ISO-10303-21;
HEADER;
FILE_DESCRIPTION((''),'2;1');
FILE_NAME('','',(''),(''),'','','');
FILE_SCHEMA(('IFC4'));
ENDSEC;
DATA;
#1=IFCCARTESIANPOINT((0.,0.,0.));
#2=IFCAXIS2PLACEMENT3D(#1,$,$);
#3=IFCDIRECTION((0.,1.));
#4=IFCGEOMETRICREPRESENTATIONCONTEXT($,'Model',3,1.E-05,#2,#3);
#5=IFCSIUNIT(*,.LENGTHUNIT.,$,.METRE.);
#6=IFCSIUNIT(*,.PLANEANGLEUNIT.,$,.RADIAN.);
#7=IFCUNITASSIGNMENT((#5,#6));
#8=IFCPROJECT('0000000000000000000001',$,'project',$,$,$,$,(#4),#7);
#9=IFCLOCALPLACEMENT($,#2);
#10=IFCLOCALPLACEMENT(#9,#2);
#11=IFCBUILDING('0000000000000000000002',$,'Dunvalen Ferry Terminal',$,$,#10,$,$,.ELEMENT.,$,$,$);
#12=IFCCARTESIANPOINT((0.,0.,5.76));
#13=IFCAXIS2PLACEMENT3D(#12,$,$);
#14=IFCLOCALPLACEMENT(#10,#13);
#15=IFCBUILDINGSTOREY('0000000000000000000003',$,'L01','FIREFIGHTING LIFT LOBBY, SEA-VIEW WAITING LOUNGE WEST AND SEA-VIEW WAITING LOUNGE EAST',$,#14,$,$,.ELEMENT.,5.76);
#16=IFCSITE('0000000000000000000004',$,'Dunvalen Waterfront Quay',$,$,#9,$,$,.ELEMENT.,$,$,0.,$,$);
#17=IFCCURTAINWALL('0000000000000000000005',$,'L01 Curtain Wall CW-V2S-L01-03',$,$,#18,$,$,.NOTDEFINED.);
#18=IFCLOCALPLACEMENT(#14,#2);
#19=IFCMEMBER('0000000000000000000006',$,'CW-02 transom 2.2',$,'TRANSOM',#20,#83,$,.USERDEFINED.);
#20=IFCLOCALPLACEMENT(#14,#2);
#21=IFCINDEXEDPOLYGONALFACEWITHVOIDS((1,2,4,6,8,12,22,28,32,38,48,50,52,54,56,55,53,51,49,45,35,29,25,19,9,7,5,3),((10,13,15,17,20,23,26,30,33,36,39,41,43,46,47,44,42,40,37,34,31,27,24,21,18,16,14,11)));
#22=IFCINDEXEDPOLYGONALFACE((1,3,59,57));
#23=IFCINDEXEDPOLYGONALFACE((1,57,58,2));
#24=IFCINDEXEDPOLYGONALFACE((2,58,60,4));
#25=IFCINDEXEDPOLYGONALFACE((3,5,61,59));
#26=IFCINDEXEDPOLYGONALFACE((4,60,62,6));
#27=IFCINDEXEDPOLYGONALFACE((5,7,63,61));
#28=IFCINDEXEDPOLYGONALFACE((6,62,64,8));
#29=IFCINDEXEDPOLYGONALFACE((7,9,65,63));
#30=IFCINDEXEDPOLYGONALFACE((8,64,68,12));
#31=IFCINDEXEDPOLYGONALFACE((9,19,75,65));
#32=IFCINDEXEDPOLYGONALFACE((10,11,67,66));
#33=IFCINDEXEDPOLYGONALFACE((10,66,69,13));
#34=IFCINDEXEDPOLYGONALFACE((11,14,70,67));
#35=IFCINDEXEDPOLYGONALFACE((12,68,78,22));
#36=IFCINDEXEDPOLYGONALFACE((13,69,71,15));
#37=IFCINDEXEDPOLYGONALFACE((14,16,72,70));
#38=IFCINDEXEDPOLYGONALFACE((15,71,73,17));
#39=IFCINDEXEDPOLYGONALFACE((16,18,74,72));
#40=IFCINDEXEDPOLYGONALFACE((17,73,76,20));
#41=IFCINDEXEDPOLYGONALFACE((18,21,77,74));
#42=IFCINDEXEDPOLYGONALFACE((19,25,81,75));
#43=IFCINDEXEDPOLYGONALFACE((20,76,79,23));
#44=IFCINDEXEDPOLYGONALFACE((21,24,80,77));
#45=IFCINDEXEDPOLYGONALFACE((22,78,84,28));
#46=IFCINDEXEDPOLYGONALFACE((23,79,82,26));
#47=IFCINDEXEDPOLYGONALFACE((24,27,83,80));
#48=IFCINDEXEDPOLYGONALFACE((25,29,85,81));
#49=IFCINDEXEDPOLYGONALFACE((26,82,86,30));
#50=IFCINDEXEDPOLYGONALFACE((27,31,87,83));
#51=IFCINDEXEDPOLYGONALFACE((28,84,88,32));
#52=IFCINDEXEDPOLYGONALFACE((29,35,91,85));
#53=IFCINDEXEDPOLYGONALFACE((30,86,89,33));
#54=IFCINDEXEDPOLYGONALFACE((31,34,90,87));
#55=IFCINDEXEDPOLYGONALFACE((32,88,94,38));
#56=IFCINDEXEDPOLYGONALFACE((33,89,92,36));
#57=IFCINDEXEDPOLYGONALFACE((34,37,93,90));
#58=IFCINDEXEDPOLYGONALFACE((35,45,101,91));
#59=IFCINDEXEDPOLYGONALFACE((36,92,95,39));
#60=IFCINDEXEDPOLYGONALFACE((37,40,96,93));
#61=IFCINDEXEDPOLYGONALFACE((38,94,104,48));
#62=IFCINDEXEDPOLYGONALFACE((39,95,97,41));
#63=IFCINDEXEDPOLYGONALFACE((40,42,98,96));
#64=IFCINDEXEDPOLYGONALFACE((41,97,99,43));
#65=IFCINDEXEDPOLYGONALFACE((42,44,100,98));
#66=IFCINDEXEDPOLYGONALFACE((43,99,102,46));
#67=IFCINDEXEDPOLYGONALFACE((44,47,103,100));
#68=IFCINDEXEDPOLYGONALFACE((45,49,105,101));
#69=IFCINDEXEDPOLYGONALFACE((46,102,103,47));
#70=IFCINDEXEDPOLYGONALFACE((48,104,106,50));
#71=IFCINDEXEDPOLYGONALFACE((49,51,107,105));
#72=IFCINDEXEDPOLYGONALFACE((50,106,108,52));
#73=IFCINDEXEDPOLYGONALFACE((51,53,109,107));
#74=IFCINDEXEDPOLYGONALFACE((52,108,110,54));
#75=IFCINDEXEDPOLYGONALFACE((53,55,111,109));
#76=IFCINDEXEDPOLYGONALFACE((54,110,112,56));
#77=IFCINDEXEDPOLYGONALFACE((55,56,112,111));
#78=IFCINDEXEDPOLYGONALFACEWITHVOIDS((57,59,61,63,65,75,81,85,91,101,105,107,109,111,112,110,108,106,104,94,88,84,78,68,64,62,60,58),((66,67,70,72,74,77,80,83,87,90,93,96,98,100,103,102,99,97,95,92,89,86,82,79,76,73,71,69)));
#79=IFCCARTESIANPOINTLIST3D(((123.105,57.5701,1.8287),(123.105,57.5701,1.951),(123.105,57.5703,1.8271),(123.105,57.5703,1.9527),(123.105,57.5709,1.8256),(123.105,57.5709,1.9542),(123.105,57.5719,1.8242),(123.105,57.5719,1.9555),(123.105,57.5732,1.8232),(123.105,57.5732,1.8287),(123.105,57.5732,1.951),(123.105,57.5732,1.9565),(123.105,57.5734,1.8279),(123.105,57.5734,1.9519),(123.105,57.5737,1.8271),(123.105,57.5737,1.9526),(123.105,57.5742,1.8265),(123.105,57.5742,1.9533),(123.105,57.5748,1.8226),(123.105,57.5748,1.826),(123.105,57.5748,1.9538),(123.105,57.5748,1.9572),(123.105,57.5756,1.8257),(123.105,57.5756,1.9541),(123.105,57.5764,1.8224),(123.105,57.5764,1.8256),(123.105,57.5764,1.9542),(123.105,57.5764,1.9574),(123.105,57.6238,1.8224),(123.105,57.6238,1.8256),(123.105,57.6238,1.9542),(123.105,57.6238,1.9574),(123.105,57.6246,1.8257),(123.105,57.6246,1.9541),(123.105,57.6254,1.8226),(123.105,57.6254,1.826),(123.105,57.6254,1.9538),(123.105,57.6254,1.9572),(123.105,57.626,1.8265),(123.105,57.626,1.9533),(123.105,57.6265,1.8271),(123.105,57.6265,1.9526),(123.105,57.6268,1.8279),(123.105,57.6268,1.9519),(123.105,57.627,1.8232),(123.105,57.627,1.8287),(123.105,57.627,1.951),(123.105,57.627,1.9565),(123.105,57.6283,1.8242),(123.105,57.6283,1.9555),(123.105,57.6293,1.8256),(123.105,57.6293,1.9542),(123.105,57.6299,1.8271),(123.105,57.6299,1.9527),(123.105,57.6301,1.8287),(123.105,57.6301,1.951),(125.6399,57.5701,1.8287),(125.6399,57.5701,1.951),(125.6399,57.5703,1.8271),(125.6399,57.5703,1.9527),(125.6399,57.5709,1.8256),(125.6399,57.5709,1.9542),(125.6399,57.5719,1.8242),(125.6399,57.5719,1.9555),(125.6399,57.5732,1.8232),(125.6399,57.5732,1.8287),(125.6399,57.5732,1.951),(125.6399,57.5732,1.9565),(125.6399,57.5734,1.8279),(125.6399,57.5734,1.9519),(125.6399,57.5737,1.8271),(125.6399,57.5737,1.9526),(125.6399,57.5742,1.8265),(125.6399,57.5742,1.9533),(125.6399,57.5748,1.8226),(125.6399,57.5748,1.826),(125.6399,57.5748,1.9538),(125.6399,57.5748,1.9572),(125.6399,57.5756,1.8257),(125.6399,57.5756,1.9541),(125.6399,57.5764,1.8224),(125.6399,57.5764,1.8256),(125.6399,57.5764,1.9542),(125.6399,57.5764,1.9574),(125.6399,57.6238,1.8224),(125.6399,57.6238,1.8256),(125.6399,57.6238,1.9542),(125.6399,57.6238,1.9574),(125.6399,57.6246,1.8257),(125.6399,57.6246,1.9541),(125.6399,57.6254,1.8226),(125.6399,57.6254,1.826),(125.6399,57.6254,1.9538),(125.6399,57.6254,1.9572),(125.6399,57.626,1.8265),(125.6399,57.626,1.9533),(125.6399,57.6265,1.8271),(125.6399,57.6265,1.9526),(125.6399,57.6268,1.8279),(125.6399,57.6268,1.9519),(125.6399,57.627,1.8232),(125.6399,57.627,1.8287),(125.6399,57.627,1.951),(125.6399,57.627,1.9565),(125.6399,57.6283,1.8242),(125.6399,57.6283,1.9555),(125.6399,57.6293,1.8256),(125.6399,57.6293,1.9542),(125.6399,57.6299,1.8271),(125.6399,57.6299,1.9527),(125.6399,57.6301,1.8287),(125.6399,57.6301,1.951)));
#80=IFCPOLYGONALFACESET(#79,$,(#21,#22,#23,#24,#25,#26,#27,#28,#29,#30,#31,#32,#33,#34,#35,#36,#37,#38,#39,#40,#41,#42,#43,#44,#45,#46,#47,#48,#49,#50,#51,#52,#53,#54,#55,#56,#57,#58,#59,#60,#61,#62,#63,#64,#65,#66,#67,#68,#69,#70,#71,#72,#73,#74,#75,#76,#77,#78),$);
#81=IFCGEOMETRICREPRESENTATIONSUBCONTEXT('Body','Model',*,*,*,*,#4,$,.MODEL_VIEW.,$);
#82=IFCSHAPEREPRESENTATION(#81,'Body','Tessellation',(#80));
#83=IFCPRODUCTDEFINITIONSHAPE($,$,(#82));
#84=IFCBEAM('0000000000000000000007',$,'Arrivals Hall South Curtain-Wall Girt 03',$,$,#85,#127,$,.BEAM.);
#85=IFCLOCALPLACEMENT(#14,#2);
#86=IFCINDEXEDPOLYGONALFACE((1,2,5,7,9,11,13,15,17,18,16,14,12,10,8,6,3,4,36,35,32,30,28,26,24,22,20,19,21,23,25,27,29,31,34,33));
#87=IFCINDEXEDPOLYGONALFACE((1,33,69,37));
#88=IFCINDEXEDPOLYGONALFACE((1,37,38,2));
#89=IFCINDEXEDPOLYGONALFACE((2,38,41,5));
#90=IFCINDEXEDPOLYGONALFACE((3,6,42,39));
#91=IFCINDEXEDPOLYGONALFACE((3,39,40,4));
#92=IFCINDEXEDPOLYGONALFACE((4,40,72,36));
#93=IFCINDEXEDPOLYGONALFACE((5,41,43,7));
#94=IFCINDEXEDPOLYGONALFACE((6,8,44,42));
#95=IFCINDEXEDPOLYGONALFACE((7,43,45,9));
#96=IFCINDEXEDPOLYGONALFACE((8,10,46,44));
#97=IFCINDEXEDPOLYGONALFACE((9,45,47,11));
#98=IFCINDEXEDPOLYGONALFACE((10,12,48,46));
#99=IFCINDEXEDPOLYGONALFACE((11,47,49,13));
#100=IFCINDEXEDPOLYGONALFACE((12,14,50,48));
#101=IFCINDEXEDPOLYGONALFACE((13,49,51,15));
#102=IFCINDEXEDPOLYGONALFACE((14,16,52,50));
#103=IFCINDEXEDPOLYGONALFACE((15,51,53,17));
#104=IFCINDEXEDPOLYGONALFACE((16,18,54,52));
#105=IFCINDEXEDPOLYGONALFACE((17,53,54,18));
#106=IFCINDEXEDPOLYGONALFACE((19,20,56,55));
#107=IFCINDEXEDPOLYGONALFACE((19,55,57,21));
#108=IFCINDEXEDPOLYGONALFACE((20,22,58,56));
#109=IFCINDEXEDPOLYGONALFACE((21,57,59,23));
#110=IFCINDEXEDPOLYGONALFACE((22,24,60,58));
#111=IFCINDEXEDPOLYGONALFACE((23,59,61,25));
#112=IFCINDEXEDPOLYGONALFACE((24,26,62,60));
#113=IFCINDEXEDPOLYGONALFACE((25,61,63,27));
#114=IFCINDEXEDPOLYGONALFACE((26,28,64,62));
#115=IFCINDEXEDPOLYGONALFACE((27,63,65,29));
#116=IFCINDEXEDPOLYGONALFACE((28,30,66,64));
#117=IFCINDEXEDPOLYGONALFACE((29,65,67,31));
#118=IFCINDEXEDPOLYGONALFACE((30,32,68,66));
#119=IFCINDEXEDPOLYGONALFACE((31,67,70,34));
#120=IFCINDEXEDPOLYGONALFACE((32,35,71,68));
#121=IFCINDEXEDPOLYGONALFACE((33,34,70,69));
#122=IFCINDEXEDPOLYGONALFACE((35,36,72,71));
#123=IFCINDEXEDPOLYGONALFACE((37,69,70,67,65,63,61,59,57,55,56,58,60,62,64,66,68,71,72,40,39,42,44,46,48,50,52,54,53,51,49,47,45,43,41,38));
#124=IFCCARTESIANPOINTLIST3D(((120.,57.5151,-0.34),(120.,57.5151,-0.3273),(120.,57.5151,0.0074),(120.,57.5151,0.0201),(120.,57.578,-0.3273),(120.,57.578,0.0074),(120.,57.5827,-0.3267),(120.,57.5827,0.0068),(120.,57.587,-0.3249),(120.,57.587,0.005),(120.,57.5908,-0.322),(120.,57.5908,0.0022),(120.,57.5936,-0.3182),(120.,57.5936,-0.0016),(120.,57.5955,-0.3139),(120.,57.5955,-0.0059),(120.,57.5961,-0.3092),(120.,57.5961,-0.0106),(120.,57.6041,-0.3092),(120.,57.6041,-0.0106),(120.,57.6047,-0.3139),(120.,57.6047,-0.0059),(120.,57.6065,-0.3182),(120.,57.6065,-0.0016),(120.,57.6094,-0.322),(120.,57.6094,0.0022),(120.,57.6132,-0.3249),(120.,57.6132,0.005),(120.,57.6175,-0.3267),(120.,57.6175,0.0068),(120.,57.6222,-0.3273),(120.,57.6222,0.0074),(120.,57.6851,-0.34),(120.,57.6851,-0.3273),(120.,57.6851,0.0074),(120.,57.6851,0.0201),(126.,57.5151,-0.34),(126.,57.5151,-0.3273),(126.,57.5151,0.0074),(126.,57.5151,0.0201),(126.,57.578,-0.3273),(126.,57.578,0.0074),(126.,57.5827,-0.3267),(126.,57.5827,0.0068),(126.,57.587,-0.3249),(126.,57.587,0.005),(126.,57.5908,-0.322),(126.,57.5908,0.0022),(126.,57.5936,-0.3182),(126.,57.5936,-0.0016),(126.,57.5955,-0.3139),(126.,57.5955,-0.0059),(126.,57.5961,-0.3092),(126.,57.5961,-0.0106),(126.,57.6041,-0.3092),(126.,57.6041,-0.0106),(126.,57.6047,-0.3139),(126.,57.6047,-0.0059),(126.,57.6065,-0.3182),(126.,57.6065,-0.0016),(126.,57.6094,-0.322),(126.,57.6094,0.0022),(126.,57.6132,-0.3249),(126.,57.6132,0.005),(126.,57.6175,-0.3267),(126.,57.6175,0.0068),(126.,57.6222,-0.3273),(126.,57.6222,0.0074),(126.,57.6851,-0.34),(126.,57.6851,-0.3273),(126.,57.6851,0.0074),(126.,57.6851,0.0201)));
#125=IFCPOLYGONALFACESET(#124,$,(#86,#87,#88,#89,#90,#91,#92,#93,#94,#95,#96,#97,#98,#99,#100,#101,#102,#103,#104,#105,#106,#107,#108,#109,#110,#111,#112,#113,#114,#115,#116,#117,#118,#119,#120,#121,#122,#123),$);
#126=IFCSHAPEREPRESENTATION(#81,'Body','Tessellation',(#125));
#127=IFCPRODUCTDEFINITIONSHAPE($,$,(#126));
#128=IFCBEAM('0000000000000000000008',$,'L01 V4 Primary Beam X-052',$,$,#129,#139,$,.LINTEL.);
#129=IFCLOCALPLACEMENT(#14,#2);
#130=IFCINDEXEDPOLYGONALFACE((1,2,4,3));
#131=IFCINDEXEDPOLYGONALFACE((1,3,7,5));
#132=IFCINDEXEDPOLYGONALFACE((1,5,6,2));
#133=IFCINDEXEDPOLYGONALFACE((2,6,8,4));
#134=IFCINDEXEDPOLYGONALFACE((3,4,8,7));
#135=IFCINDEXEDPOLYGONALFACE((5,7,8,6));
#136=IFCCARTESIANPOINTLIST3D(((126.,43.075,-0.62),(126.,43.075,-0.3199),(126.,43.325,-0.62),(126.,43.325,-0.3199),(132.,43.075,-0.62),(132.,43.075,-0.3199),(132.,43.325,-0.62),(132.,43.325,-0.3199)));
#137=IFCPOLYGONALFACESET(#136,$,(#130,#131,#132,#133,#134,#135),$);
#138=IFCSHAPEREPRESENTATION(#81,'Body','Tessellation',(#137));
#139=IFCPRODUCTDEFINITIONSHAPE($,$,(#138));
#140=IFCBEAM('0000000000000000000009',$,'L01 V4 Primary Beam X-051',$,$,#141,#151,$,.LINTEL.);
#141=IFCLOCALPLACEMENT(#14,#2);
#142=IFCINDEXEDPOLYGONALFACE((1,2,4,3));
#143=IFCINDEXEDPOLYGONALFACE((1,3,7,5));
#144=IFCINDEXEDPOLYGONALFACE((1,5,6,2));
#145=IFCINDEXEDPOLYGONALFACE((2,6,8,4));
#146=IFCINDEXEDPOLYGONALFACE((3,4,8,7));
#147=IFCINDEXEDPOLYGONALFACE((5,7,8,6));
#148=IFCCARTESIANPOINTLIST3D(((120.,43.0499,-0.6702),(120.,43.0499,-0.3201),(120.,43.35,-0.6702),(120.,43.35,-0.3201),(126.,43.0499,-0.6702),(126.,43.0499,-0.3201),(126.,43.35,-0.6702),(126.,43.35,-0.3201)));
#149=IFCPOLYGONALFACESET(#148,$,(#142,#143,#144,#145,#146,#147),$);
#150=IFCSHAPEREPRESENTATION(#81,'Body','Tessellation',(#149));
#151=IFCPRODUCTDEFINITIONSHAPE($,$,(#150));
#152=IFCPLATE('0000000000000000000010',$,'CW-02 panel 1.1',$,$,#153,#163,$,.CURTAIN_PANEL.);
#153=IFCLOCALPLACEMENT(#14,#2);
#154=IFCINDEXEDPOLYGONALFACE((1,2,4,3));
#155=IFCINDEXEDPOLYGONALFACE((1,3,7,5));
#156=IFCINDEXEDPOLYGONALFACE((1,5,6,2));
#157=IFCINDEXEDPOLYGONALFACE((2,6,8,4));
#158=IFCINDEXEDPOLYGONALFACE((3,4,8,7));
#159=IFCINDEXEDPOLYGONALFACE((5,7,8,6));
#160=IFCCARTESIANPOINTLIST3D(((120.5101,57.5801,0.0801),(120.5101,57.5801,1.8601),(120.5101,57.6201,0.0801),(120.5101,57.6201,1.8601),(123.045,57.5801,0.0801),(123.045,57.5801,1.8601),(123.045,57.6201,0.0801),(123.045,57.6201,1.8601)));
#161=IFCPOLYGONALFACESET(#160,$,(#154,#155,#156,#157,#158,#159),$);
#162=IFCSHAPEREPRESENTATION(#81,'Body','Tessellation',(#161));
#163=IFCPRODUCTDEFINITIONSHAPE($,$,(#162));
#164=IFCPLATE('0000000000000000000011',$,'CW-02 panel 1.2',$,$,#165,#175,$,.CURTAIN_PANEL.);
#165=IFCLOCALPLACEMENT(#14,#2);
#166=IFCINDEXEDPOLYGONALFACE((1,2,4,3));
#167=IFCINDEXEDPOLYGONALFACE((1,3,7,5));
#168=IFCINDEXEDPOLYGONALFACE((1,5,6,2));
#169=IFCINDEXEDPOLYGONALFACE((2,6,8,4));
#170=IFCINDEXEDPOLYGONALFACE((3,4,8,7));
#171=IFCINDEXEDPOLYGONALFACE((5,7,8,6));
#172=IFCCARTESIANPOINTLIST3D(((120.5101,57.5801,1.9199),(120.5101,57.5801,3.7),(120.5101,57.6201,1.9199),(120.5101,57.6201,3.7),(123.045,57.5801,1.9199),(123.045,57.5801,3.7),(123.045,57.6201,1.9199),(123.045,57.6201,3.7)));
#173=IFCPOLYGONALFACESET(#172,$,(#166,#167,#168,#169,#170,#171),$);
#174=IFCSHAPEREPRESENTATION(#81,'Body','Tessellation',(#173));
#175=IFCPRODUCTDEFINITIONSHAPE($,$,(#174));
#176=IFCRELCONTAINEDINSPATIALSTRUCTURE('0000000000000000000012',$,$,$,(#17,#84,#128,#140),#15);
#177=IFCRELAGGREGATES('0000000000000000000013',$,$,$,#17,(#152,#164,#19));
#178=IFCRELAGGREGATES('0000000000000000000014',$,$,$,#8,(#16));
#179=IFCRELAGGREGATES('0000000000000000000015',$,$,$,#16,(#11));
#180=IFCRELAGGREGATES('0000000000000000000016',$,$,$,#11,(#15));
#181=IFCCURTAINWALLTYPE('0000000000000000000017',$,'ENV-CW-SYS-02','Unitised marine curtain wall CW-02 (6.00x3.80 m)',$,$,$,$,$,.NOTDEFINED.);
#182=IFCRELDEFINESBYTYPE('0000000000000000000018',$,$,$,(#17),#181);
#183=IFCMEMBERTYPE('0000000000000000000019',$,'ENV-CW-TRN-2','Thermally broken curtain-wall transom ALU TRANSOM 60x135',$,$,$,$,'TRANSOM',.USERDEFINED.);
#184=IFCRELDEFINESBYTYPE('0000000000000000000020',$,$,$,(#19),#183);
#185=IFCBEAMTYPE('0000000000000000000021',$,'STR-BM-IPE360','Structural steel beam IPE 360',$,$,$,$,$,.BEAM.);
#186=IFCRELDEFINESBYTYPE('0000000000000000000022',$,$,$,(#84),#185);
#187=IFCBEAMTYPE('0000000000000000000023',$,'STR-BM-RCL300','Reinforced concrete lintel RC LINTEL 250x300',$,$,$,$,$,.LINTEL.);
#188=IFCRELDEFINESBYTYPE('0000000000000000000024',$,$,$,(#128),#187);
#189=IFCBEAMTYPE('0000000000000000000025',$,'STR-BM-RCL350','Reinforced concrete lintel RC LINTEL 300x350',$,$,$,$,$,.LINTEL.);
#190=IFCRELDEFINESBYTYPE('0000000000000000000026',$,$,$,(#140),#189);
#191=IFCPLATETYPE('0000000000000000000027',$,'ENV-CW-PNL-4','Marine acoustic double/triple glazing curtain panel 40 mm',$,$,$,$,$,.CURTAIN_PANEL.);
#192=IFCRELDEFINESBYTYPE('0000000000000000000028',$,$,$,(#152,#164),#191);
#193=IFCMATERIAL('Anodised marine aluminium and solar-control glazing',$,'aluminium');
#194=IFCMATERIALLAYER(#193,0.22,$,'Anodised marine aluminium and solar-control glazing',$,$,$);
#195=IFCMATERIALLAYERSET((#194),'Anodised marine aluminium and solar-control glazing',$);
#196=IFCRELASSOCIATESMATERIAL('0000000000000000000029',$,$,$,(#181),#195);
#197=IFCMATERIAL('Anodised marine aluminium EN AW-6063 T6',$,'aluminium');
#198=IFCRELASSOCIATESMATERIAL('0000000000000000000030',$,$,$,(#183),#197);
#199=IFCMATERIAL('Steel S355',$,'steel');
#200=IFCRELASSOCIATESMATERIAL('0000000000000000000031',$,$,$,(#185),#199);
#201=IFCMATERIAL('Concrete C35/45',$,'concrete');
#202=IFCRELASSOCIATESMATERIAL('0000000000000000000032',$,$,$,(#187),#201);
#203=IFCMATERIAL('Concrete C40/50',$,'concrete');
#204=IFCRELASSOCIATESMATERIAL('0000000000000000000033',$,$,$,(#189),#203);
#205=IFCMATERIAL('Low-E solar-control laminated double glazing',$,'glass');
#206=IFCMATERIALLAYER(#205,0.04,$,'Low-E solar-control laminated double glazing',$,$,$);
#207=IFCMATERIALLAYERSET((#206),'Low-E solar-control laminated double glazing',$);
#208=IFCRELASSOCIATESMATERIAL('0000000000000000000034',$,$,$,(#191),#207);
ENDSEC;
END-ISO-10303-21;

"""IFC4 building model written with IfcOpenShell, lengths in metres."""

from ifc_helpers import new_model, si_unit, direction, frame, origin, origin_2d, place, context, subcontext, project, spatial, rectangle, hollow_rectangle, i_section, extrude, material, layer, layer_set, material_profile, profile_set, type_object, element, aggregate, save


model = new_model("IFC4")

# Units and contexts
model_context = context("Model", 3, precision=1e-05, world=origin(), true_north=direction((0.0, 1.0)))
body_context = subcontext(model_context, "Body", "Model", "MODEL_VIEW")
ifc_project = project(units=[si_unit("LENGTHUNIT", "METRE"), si_unit("PLANEANGLEUNIT", "RADIAN")], contexts=[model_context])

# Site, building, storey
site_placement = place(None, origin())
site = spatial("IfcSite", under=ifc_project, at=site_placement, Name="Dunvalen Waterfront Quay", CompositionType="ELEMENT", RefElevation=0.0)
building_placement = place(site_placement, origin())
building = spatial("IfcBuilding", under=site, at=building_placement, Name="Dunvalen Ferry Terminal", CompositionType="ELEMENT")
storey_placement = place(building_placement, frame((0.0, 0.0, 5.76)))
storey = spatial("IfcBuildingStorey", under=building, at=storey_placement, Name="L01", Description="FIREFIGHTING LIFT LOBBY, SEA-VIEW WAITING LOUNGE WEST AND SEA-VIEW WAITING LOUNGE EAST", CompositionType="ELEMENT", Elevation=5.76)

# Shared definitions
ifc_material_1 = material(Name="Concrete C40/50", Category="concrete")

# Curtain wall, member
ifc_material_2 = material(Name="Anodised marine aluminium and solar-control glazing", Category="aluminium")
ifc_layer_1 = layer(ifc_material_2, 0.22, Name="Anodised marine aluminium and solar-control glazing")
ifc_layer_set_1 = layer_set([ifc_layer_1], Name="Anodised marine aluminium and solar-control glazing")
curtain_wall_type = type_object("IfcCurtainWallType", Name="ENV-CW-SYS-02", Description="Unitised marine curtain wall CW-02 (6.00x3.80 m)", PredefinedType="NOTDEFINED", material=ifc_layer_set_1)
curtain_wall_placement = place(storey_placement, origin())
curtain_wall = element("IfcCurtainWall", 1, at=curtain_wall_placement, inside=storey, type_object=curtain_wall_type, Name="L01 Curtain Wall CW-V2S-L01-03", PredefinedType="NOTDEFINED")
ifc_material_3 = material(Name="Anodised marine aluminium EN AW-6063 T6", Category="aluminium")
ifc_material_profile_1 = material_profile(ifc_material_3, hollow_rectangle(XDim=0.0601, YDim=0.135, WallThickness=0.0032, InnerFilletRadius=0.0032, OuterFilletRadius=0.0063, at=origin_2d()), Name="Anodised marine aluminium EN AW-6063 T6")
ifc_profile_set_1 = profile_set([ifc_material_profile_1], Name="Anodised marine aluminium EN AW-6063 T6")
member_type_1 = type_object("IfcMemberType", Name="ENV-CW-TRN-2", Description="Thermally broken curtain-wall transom ALU TRANSOM 60x135", ElementType="TRANSOM", PredefinedType="USERDEFINED", material=ifc_profile_set_1)
member_1_placement = place(storey_placement, frame((123.105, 57.6001, 1.8899), z_axis=(1.0, 0.0, 0.0), x_axis=(0.0, 1.0, 0.0)))
member_1 = element("IfcMember", 2, at=member_1_placement, type_object=member_type_1, Name="CW-02 transom 2.2", ObjectType="TRANSOM", PredefinedType="USERDEFINED", context=body_context, shape_type="SweptSolid", body=[
    extrude(hollow_rectangle(XDim=0.0601, YDim=0.135, WallThickness=0.0032, InnerFilletRadius=0.0032, OuterFilletRadius=0.0063, at=origin_2d()), origin(), (0.0, 0.0, 1.0), 2.5349),
])

# Beams
ifc_material_4 = material(Name="Steel S355", Category="steel")
ifc_material_profile_2 = material_profile(ifc_material_4, i_section(OverallWidth=0.1699, OverallDepth=0.3601, WebThickness=0.0081, FlangeThickness=0.0127, FilletRadius=0.0181, at=origin_2d()), Name="Steel S355")
ifc_profile_set_2 = profile_set([ifc_material_profile_2], Name="Steel S355")
beam_type_1 = type_object("IfcBeamType", Name="STR-BM-IPE360", Description="Structural steel beam IPE 360", PredefinedType="BEAM", material=ifc_profile_set_2)
beam_1_placement = place(storey_placement, frame((120.0, 57.6001, -0.1599), z_axis=(1.0, 0.0, 0.0), x_axis=(0.0, 1.0, 0.0)))
element("IfcBeam", 3, at=beam_1_placement, inside=storey, type_object=beam_type_1, Name="Arrivals Hall South Curtain-Wall Girt 03", PredefinedType="BEAM", context=body_context, shape_type="SweptSolid", body=[
    extrude(i_section(OverallWidth=0.1699, OverallDepth=0.3601, WebThickness=0.0081, FlangeThickness=0.0127, FilletRadius=0.0181, at=origin_2d()), origin(), (0.0, 0.0, 1.0), 6.0),
])
ifc_material_5 = material(Name="Concrete C35/45", Category="concrete")
ifc_material_profile_3 = material_profile(ifc_material_5, rectangle(XDim=0.25, YDim=0.3, at=origin_2d()), Name="Concrete C35/45")
ifc_profile_set_3 = profile_set([ifc_material_profile_3], Name="Concrete C35/45")
beam_type_2 = type_object("IfcBeamType", Name="STR-BM-RCL300", Description="Reinforced concrete lintel RC LINTEL 250x300", PredefinedType="LINTEL", material=ifc_profile_set_3)
beam_2_placement = place(storey_placement, frame((126.0, 43.2, -0.47), z_axis=(1.0, 0.0, 0.0), x_axis=(0.0, 1.0, 0.0)))
element("IfcBeam", 4, at=beam_2_placement, inside=storey, type_object=beam_type_2, Name="L01 V4 Primary Beam X-052", PredefinedType="LINTEL", context=body_context, shape_type="SweptSolid", body=[
    extrude(rectangle(XDim=0.25, YDim=0.3, at=origin_2d()), origin(), (0.0, 0.0, 1.0), 6.0),
])
ifc_material_profile_4 = material_profile(ifc_material_1, rectangle(XDim=0.3, YDim=0.3501, at=origin_2d()), Name="Concrete C40/50")
ifc_profile_set_4 = profile_set([ifc_material_profile_4], Name="Concrete C40/50")
beam_type_3 = type_object("IfcBeamType", Name="STR-BM-RCL350", Description="Reinforced concrete lintel RC LINTEL 300x350", PredefinedType="LINTEL", material=ifc_profile_set_4)
beam_3_placement = place(storey_placement, frame((120.0, 43.2, -0.4951), z_axis=(1.0, 0.0, 0.0), x_axis=(0.0, 1.0, 0.0)))
element("IfcBeam", 5, at=beam_3_placement, inside=storey, type_object=beam_type_3, Name="L01 V4 Primary Beam X-051", PredefinedType="LINTEL", context=body_context, shape_type="SweptSolid", body=[
    extrude(rectangle(XDim=0.3, YDim=0.3501, at=origin_2d()), origin(), (0.0, 0.0, 1.0), 6.0),
])

# Plates
ifc_material_6 = material(Name="Low-E solar-control laminated double glazing", Category="glass")
ifc_layer_2 = layer(ifc_material_6, 0.04, Name="Low-E solar-control laminated double glazing")
ifc_layer_set_2 = layer_set([ifc_layer_2], Name="Low-E solar-control laminated double glazing")
plate_type = type_object("IfcPlateType", Name="ENV-CW-PNL-4", Description="Marine acoustic double/triple glazing curtain panel 40 mm", PredefinedType="CURTAIN_PANEL", material=ifc_layer_set_2)
plate_1_placement = place(storey_placement, frame((121.7776, 57.6001, 0.0801), z_axis=(0.0, 0.0, 1.0), x_axis=(1.0, 0.0, 0.0)))
plate_1 = element("IfcPlate", 6, at=plate_1_placement, type_object=plate_type, Name="CW-02 panel 1.1", PredefinedType="CURTAIN_PANEL", context=body_context, shape_type="SweptSolid", body=[
    extrude(rectangle(XDim=2.5349, YDim=0.04, at=origin_2d()), origin(), (0.0, 0.0, 1.0), 1.78),
])
plate_2_placement = place(storey_placement, frame((121.7776, 57.6001, 1.9199), z_axis=(0.0, 0.0, 1.0), x_axis=(1.0, 0.0, 0.0)))
plate_2 = element("IfcPlate", 7, at=plate_2_placement, type_object=plate_type, Name="CW-02 panel 1.2", PredefinedType="CURTAIN_PANEL", context=body_context, shape_type="SweptSolid", body=[
    extrude(rectangle(XDim=2.5349, YDim=0.04, at=origin_2d()), origin(), (0.0, 0.0, 1.0), 1.78),
])
aggregate(curtain_wall, [plate_1, plate_2, member_1])

save(model, "model.ifc")
